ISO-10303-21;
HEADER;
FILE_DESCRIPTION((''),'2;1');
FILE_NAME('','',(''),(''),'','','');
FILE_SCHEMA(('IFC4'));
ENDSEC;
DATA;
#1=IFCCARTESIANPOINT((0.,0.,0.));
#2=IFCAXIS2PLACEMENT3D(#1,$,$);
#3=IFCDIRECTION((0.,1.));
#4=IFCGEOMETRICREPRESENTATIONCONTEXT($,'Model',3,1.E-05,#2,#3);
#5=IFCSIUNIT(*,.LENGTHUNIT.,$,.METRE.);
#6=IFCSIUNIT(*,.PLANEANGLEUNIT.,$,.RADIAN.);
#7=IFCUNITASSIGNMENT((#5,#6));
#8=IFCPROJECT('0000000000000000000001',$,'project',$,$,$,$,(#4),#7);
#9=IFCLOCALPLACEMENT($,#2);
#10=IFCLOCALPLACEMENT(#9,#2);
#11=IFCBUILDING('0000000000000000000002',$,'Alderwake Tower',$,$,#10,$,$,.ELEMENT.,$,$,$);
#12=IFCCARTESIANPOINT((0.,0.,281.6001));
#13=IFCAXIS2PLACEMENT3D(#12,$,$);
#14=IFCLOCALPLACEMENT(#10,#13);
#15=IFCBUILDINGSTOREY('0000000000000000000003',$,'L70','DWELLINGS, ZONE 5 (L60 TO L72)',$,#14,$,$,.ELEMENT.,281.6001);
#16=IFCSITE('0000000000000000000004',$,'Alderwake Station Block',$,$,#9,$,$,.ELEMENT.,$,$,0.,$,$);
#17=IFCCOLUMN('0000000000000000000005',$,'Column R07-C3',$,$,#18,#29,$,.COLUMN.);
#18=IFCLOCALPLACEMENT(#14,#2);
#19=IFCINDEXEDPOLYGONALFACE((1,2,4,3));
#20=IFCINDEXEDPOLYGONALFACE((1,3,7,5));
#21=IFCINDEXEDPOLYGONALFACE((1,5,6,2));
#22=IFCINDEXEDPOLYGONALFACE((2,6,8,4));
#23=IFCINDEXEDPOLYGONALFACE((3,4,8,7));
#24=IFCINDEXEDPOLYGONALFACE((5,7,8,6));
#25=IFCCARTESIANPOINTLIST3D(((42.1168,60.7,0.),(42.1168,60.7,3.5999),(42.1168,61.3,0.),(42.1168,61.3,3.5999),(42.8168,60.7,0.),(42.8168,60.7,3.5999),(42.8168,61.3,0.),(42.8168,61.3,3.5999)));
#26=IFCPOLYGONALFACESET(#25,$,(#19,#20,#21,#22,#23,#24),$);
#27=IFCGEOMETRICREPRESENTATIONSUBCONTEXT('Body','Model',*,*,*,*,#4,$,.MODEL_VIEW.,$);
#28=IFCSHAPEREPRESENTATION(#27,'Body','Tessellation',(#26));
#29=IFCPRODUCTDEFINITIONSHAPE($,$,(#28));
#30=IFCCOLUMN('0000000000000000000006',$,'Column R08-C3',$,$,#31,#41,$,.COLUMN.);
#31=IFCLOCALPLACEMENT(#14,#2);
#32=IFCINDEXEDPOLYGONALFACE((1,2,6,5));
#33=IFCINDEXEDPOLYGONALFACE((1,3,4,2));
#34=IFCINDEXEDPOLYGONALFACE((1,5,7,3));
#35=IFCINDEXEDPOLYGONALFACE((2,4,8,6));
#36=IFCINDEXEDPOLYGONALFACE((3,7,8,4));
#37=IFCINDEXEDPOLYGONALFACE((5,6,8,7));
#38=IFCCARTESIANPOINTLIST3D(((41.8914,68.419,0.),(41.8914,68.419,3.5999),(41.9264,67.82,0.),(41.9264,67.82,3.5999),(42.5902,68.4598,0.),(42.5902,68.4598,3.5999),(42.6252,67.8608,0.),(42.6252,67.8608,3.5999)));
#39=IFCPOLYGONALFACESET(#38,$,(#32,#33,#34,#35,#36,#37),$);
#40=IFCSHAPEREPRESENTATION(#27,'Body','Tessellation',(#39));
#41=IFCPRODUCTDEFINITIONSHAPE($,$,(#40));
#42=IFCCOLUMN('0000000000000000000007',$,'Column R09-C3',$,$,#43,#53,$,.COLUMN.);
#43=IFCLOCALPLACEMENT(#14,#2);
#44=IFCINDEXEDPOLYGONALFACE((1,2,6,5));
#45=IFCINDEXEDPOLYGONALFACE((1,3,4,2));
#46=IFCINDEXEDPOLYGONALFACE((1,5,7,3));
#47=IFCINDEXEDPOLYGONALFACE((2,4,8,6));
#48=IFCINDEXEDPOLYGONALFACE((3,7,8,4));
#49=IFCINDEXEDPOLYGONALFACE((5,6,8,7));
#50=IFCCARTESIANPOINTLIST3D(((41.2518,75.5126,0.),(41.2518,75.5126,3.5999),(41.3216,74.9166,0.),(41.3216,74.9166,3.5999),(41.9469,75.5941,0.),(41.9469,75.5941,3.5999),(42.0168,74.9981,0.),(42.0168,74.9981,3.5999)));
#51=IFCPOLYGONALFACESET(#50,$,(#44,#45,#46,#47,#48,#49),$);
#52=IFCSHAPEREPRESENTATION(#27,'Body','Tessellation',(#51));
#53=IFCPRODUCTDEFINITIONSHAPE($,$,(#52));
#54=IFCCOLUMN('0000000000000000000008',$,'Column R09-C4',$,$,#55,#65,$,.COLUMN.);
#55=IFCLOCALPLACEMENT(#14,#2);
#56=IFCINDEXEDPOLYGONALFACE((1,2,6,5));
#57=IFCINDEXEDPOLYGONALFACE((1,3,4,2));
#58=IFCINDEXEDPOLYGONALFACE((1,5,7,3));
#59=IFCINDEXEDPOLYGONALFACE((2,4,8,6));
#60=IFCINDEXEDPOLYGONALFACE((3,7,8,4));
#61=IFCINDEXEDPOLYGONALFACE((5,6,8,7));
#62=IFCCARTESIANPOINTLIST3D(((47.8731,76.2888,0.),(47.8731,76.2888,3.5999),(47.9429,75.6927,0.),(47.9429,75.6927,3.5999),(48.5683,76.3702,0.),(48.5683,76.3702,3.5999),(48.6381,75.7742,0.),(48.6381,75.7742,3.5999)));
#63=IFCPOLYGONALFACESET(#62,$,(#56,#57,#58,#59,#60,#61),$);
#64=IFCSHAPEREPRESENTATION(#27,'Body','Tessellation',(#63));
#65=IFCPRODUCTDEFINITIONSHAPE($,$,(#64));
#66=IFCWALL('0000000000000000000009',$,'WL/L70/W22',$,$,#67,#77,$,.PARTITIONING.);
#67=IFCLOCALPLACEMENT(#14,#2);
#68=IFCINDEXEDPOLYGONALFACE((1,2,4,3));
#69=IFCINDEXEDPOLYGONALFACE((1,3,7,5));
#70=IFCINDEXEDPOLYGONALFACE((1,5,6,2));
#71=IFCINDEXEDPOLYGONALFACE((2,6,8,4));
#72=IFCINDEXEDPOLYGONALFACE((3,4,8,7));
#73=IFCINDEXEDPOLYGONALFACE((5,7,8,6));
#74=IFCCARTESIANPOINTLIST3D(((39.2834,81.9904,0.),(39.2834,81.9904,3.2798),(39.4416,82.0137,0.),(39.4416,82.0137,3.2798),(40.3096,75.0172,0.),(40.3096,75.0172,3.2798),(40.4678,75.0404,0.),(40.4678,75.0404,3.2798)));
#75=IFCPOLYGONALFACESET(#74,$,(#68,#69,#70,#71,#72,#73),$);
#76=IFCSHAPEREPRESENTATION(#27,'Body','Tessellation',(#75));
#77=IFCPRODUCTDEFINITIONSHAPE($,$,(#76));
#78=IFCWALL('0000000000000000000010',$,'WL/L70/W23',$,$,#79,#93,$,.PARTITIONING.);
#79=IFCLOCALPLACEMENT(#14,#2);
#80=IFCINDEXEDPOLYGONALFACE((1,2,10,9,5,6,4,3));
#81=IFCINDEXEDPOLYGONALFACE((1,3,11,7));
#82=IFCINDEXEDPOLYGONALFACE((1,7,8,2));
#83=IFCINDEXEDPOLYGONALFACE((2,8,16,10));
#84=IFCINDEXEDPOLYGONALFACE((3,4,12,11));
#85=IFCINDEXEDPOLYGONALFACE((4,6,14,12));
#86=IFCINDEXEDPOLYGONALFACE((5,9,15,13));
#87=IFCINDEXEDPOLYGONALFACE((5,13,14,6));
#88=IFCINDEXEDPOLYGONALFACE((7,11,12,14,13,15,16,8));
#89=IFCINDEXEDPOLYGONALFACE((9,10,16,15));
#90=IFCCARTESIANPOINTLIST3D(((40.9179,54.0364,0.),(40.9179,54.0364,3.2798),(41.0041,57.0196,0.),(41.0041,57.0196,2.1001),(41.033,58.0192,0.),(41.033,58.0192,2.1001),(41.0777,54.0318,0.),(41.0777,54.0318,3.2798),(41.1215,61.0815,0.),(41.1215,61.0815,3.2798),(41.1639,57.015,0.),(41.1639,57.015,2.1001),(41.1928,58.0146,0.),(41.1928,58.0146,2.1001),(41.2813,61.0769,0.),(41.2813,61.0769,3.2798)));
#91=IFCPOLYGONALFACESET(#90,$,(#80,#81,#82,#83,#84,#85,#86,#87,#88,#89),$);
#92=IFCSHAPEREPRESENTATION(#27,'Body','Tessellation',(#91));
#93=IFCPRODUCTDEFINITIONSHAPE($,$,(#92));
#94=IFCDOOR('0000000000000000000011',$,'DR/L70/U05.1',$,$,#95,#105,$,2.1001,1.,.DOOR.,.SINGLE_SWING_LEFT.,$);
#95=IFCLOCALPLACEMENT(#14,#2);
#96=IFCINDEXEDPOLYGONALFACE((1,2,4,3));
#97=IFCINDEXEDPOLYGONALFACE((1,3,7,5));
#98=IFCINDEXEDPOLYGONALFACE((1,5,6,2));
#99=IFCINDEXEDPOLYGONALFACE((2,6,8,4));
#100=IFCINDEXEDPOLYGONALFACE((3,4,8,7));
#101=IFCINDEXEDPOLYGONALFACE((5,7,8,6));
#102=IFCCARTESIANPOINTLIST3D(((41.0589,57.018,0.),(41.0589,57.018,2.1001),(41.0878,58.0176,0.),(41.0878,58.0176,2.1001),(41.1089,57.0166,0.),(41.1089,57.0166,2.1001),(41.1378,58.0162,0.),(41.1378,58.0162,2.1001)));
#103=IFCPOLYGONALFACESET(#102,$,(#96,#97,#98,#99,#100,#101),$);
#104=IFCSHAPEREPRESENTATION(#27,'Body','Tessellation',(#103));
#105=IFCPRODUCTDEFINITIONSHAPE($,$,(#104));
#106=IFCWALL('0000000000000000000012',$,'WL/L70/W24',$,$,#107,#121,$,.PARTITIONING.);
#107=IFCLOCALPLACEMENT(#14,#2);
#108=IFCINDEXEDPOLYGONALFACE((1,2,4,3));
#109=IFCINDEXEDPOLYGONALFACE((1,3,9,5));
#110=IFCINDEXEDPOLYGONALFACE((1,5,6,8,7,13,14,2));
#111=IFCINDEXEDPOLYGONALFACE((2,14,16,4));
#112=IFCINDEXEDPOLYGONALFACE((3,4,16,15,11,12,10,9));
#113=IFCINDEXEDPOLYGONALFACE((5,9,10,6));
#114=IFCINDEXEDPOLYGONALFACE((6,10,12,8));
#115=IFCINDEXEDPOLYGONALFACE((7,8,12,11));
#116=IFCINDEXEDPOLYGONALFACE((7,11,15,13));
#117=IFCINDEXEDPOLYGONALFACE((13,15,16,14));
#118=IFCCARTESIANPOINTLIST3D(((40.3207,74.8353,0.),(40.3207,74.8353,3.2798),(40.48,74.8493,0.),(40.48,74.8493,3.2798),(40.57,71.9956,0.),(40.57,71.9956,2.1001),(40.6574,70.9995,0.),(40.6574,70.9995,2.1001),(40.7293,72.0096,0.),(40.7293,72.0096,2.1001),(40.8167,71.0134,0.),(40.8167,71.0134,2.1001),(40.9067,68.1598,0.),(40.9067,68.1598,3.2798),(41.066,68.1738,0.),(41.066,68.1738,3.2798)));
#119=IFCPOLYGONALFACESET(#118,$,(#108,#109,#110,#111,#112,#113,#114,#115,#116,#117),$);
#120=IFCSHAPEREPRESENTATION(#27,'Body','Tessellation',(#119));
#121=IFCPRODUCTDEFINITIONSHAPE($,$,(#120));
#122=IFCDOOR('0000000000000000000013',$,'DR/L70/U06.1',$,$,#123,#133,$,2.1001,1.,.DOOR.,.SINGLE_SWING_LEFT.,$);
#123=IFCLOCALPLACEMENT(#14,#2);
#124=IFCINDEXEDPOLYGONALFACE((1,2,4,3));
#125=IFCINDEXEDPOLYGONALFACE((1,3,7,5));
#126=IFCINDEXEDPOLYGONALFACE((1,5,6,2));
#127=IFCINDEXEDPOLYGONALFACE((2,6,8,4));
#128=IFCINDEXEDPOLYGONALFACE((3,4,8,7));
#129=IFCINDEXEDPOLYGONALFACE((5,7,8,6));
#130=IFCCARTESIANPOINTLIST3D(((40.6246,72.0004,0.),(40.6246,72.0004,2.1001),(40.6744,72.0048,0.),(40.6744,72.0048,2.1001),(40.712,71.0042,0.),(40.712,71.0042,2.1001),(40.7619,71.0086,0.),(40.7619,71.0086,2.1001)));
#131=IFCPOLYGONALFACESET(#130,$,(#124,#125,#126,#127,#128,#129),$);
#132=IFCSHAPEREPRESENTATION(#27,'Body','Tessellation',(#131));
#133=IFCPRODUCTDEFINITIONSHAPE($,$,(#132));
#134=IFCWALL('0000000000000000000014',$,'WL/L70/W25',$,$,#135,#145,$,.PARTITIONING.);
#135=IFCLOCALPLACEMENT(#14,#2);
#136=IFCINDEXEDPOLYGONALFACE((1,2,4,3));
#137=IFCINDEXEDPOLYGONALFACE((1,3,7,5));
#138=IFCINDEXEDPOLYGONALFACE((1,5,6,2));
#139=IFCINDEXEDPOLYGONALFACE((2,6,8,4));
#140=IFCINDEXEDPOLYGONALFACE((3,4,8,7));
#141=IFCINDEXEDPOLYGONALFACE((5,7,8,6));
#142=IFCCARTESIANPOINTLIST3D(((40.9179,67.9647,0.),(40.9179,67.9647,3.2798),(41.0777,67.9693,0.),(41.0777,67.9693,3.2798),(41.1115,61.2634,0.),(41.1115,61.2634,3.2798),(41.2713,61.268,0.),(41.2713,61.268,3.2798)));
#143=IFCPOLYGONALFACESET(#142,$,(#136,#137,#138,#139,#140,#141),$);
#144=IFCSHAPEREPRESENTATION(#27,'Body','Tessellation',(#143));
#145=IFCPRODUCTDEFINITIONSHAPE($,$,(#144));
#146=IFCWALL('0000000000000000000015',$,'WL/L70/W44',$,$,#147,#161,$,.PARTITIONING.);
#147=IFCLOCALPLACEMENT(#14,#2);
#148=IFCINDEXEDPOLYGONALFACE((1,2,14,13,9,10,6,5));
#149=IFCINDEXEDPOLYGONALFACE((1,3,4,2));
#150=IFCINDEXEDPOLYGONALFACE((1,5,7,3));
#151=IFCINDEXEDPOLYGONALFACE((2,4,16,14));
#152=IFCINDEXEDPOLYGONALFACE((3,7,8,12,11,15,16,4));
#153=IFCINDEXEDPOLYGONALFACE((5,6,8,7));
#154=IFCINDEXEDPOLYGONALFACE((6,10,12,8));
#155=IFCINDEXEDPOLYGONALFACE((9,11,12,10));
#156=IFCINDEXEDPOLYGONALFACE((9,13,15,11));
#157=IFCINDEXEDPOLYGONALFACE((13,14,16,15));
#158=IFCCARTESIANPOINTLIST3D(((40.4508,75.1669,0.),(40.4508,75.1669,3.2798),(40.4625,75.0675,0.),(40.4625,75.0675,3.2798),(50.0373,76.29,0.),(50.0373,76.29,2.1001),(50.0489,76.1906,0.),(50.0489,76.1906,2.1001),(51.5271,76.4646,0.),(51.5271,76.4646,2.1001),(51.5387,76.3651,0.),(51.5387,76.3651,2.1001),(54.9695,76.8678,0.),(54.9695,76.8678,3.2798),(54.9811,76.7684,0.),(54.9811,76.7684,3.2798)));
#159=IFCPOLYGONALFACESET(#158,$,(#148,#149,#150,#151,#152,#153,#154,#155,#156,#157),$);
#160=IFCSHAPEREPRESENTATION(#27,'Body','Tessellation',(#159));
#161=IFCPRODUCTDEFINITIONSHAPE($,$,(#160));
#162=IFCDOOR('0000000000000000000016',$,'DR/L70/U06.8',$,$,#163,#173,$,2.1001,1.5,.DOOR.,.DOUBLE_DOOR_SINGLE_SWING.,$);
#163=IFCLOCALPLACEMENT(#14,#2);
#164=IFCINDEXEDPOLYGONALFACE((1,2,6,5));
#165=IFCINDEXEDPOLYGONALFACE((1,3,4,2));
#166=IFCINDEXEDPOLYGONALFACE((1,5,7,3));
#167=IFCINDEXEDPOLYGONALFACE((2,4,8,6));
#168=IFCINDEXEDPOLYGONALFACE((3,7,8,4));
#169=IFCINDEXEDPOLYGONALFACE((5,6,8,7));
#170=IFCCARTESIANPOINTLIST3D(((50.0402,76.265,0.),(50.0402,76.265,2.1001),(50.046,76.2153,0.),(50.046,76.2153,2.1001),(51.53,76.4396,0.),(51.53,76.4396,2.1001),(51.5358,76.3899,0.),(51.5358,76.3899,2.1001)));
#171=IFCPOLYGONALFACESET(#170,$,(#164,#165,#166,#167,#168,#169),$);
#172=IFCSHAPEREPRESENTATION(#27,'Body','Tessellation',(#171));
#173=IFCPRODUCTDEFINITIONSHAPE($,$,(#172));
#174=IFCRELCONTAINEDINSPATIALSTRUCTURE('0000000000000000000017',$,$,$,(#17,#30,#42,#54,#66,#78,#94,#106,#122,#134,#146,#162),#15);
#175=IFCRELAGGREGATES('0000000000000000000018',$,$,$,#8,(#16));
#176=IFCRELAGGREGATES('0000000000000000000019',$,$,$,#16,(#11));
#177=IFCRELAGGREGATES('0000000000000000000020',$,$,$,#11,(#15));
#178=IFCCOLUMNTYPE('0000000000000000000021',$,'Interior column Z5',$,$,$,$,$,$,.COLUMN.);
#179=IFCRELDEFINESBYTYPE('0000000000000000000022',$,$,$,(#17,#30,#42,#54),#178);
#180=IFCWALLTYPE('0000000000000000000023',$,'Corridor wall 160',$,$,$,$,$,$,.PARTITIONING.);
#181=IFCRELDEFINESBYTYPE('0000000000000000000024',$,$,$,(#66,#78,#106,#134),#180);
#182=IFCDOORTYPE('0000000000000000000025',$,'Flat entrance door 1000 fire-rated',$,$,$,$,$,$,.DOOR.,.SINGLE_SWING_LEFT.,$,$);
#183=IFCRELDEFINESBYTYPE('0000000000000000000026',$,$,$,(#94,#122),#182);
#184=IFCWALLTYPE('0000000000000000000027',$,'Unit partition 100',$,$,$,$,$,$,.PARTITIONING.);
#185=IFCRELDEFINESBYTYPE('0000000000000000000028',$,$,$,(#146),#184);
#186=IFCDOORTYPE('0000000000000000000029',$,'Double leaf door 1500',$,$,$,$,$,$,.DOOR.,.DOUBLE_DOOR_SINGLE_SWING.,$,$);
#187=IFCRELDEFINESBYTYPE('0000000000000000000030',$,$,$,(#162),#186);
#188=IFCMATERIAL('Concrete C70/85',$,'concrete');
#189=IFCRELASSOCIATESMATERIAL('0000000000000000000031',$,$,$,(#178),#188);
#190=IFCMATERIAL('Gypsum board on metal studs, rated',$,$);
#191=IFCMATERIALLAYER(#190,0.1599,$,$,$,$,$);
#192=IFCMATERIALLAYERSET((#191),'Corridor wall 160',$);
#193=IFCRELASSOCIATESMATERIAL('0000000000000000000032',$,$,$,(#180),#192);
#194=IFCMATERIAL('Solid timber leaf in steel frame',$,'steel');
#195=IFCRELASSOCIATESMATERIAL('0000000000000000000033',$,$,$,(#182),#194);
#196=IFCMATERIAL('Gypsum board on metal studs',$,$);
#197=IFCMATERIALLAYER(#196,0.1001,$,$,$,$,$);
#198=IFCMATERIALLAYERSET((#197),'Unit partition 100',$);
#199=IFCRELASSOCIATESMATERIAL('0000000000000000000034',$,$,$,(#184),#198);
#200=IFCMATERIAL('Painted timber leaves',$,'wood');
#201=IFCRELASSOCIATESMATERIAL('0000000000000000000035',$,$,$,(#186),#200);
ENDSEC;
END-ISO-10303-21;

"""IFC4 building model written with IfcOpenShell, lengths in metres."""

from ifc_helpers import new_model, si_unit, direction, frame, frame_2d, origin, origin_2d, place, context, subcontext, project, spatial, rectangle, extrude, material, layer, layer_set, material_profile, profile_set, type_object, element, fill, save


model = new_model("IFC4")

# Units and contexts
model_context = context("Model", 3, precision=1e-05, world=origin(), true_north=direction((0.0, 1.0)))
body_context = subcontext(model_context, "Body", "Model", "MODEL_VIEW")
ifc_project = project(units=[si_unit("LENGTHUNIT", "METRE"), si_unit("PLANEANGLEUNIT", "RADIAN")], contexts=[model_context])

# Site, building, storey
site_placement = place(None, origin())
site = spatial("IfcSite", under=ifc_project, at=site_placement, Name="Alderwake Station Block", CompositionType="ELEMENT", RefElevation=0.0)
building_placement = place(site_placement, origin())
building = spatial("IfcBuilding", under=site, at=building_placement, Name="Alderwake Tower", CompositionType="ELEMENT")
storey_placement = place(building_placement, frame((0.0, 0.0, 281.6001)))
storey = spatial("IfcBuildingStorey", under=building, at=storey_placement, Name="L70", Description="DWELLINGS, ZONE 5 (L60 TO L72)", CompositionType="ELEMENT", Elevation=281.6001)

# Columns
ifc_material_1 = material(Name="Concrete C70/85", Category="concrete")
ifc_material_profile = material_profile(ifc_material_1, rectangle(XDim=0.6001, YDim=0.7, at=origin_2d()), Name="RC 700X600")
ifc_profile_set = profile_set([ifc_material_profile], Name="Concrete C70/85")
column_type = type_object("IfcColumnType", Name="Interior column Z5", PredefinedType="COLUMN", material=ifc_profile_set)
for number, where, z_axis, x_axis, name in (
    (1, (42.4668, 61.0, 0.0), (0.0, 0.0, 1.0), (0.0, 1.0, 0.0), "Column R07-C3"),
    (2, (42.2583, 68.1399, 0.0), (0.0, 0.0, 1.0), (-0.058299, 0.998299, 0.0), "Column R08-C3"),
    (3, (41.6343, 75.2554, 0.0), (0.0, 0.0, 1.0), (-0.116402, 0.993202, 0.0), "Column R09-C3"),
    (4, (48.2556, 76.0315, 0.0), (0.0, 0.0, 1.0), (-0.116402, 0.993202, 0.0), "Column R09-C4"),
):
    element("IfcColumn", number, at=place(storey_placement, frame(where, z_axis=z_axis, x_axis=x_axis)), inside=storey, type_object=column_type, Name=name, PredefinedType="COLUMN", context=body_context, shape_type="SweptSolid", body=[
        extrude(rectangle(XDim=0.6001, YDim=0.7, at=origin_2d()), origin(), (0.0, 0.0, 1.0), 3.5999),
    ])

# Wall
ifc_material_2 = material(Name="Gypsum board on metal studs, rated")
ifc_layer_1 = layer(ifc_material_2, 0.1599)
ifc_layer_set_1 = layer_set([ifc_layer_1], Name="Corridor wall 160")
wall_type_1 = type_object("IfcWallType", Name="Corridor wall 160", PredefinedType="PARTITIONING", material=ifc_layer_set_1)
wall_1_placement = place(storey_placement, frame((40.3887, 75.0288, 0.0), z_axis=(0.0, 0.0, 1.0), x_axis=(-0.145586, 0.989346, 0.0)))
element("IfcWall", 5, at=wall_1_placement, inside=storey, type_object=wall_type_1, Name="WL/L70/W22", PredefinedType="PARTITIONING", context=body_context, shape_type="SweptSolid", body=[
    extrude(rectangle(XDim=7.0483, YDim=0.1599, at=frame_2d((3.5242, 0.0))), origin(), (0.0, 0.0, 1.0), 3.2798),
])

# Walls, openings, doors
wall_2_placement = place(storey_placement, frame((41.2014, 61.0791, 0.0), z_axis=(0.0, 0.0, 1.0), x_axis=(-0.028889, -0.999583, 0.0)))
wall_2 = element("IfcWall", 6, at=wall_2_placement, inside=storey, type_object=wall_type_1, Name="WL/L70/W23", PredefinedType="PARTITIONING", context=body_context, shape_type="SweptSolid", body=[
    extrude(rectangle(XDim=7.0481, YDim=0.1599, at=frame_2d((3.5239, 0.0))), origin(), (0.0, 0.0, 1.0), 3.2798),
])
opening_1_placement = place(wall_2_placement, frame((3.0635, 0.0, 0.0)))
opening_1 = element("IfcOpeningElement", 7, at=opening_1_placement, cuts=wall_2, PredefinedType="OPENING", context=body_context, shape_type="SweptSolid", body=[
    extrude(rectangle(XDim=1.0, YDim=2.1001, at=frame_2d((0.5, 1.05))), frame((0.0, 0.0898, 0.0), z_axis=(0.0, -1.0, 0.0), x_axis=(1.0, 0.0, 0.0)), (0.0, 0.0, 1.0), 0.1799),
])
ifc_material_3 = material(Name="Solid timber leaf in steel frame", Category="steel")
door_type_1 = type_object("IfcDoorType", Name="Flat entrance door 1000 fire-rated", OperationType="SINGLE_SWING_LEFT", PredefinedType="DOOR", material=ifc_material_3)
door_1_placement = place(opening_1_placement, origin())
door_1 = element("IfcDoor", 8, at=door_1_placement, inside=storey, type_object=door_type_1, Name="DR/L70/U05.1", OperationType="SINGLE_SWING_LEFT", OverallHeight=2.1001, OverallWidth=1.0, PredefinedType="DOOR", context=body_context, shape_type="SweptSolid", body=[
    extrude(rectangle(XDim=1.0, YDim=2.1001, at=frame_2d((0.5, 1.05))), frame((0.0, 0.0249, 0.0), z_axis=(0.0, -1.0, 0.0), x_axis=(1.0, 0.0, 0.0)), (0.0, 0.0, 1.0), 0.05),
])
fill(opening_1, door_1)
wall_3_placement = place(storey_placement, frame((40.4004, 74.8423, 0.0), z_axis=(0.0, 0.0, 1.0), x_axis=(0.087438, -0.99617, 0.0)))
wall_3 = element("IfcWall", 9, at=wall_3_placement, inside=storey, type_object=wall_type_1, Name="WL/L70/W24", PredefinedType="PARTITIONING", context=body_context, shape_type="SweptSolid", body=[
    extrude(rectangle(XDim=6.7012, YDim=0.1599, at=frame_2d((3.3506, 0.0))), origin(), (0.0, 0.0, 1.0), 3.2798),
])
opening_2_placement = place(wall_3_placement, frame((2.8506, 0.0, 0.0)))
opening_2 = element("IfcOpeningElement", 10, at=opening_2_placement, cuts=wall_3, PredefinedType="OPENING", context=body_context, shape_type="SweptSolid", body=[
    extrude(rectangle(XDim=1.0, YDim=2.1001, at=frame_2d((0.5, 1.05))), frame((0.0, 0.0898, 0.0), z_axis=(0.0, -1.0, 0.0), x_axis=(1.0, 0.0, 0.0)), (0.0, 0.0, 1.0), 0.1799),
])
door_2_placement = place(opening_2_placement, origin())
door_2 = element("IfcDoor", 11, at=door_2_placement, inside=storey, type_object=door_type_1, Name="DR/L70/U06.1", OperationType="SINGLE_SWING_LEFT", OverallHeight=2.1001, OverallWidth=1.0, PredefinedType="DOOR", context=body_context, shape_type="SweptSolid", body=[
    extrude(rectangle(XDim=1.0, YDim=2.1001, at=frame_2d((0.5, 1.05))), frame((0.0, 0.0249, 0.0), z_axis=(0.0, -1.0, 0.0), x_axis=(1.0, 0.0, 0.0)), (0.0, 0.0, 1.0), 0.05),
])
fill(opening_2, door_2)

# Wall
wall_4_placement = place(storey_placement, frame((40.9978, 67.967, 0.0), z_axis=(0.0, 0.0, 1.0), x_axis=(0.028878, -0.999583, 0.0)))
element("IfcWall", 12, at=wall_4_placement, inside=storey, type_object=wall_type_1, Name="WL/L70/W25", PredefinedType="PARTITIONING", context=body_context, shape_type="SweptSolid", body=[
    extrude(rectangle(XDim=6.7041, YDim=0.1599, at=frame_2d((3.3521, 0.0))), origin(), (0.0, 0.0, 1.0), 3.2798),
])

# Wall, opening, door
ifc_material_4 = material(Name="Gypsum board on metal studs")
ifc_layer_2 = layer(ifc_material_4, 0.1001)
ifc_layer_set_2 = layer_set([ifc_layer_2], Name="Unit partition 100")
wall_type_2 = type_object("IfcWallType", Name="Unit partition 100", PredefinedType="PARTITIONING", material=ifc_layer_set_2)
wall_5_placement = place(storey_placement, frame((40.4565, 75.1172, 0.0), z_axis=(0.0, 0.0, 1.0), x_axis=(0.993207, 0.11636, 0.0)))
wall_5 = element("IfcWall", 13, at=wall_5_placement, inside=storey, type_object=wall_type_2, Name="WL/L70/W44", PredefinedType="PARTITIONING", context=body_context, shape_type="SweptSolid", body=[
    extrude(rectangle(XDim=14.6179, YDim=0.1001, at=frame_2d((7.3091, 0.0))), origin(), (0.0, 0.0, 1.0), 3.2798),
])
opening_3_placement = place(wall_5_placement, frame((9.6521, 0.0, 0.0)))
opening_3 = element("IfcOpeningElement", 14, at=opening_3_placement, cuts=wall_5, PredefinedType="OPENING", context=body_context, shape_type="SweptSolid", body=[
    extrude(rectangle(XDim=1.5, YDim=2.1001, at=frame_2d((0.75, 1.05))), frame((0.0, 0.0601, 0.0), z_axis=(0.0, -1.0, 0.0), x_axis=(1.0, 0.0, 0.0)), (0.0, 0.0, 1.0), 0.1201),
])
ifc_material_5 = material(Name="Painted timber leaves", Category="wood")
door_type_2 = type_object("IfcDoorType", Name="Double leaf door 1500", OperationType="DOUBLE_DOOR_SINGLE_SWING", PredefinedType="DOOR", material=ifc_material_5)
door_3_placement = place(opening_3_placement, origin())
door_3 = element("IfcDoor", 15, at=door_3_placement, inside=storey, type_object=door_type_2, Name="DR/L70/U06.8", OperationType="DOUBLE_DOOR_SINGLE_SWING", OverallHeight=2.1001, OverallWidth=1.5, PredefinedType="DOOR", context=body_context, shape_type="SweptSolid", body=[
    extrude(rectangle(XDim=1.5, YDim=2.1001, at=frame_2d((0.75, 1.05))), frame((0.0, 0.0249, 0.0), z_axis=(0.0, -1.0, 0.0), x_axis=(1.0, 0.0, 0.0)), (0.0, 0.0, 1.0), 0.05),
])
fill(opening_3, door_3)

save(model, "model.ifc")
